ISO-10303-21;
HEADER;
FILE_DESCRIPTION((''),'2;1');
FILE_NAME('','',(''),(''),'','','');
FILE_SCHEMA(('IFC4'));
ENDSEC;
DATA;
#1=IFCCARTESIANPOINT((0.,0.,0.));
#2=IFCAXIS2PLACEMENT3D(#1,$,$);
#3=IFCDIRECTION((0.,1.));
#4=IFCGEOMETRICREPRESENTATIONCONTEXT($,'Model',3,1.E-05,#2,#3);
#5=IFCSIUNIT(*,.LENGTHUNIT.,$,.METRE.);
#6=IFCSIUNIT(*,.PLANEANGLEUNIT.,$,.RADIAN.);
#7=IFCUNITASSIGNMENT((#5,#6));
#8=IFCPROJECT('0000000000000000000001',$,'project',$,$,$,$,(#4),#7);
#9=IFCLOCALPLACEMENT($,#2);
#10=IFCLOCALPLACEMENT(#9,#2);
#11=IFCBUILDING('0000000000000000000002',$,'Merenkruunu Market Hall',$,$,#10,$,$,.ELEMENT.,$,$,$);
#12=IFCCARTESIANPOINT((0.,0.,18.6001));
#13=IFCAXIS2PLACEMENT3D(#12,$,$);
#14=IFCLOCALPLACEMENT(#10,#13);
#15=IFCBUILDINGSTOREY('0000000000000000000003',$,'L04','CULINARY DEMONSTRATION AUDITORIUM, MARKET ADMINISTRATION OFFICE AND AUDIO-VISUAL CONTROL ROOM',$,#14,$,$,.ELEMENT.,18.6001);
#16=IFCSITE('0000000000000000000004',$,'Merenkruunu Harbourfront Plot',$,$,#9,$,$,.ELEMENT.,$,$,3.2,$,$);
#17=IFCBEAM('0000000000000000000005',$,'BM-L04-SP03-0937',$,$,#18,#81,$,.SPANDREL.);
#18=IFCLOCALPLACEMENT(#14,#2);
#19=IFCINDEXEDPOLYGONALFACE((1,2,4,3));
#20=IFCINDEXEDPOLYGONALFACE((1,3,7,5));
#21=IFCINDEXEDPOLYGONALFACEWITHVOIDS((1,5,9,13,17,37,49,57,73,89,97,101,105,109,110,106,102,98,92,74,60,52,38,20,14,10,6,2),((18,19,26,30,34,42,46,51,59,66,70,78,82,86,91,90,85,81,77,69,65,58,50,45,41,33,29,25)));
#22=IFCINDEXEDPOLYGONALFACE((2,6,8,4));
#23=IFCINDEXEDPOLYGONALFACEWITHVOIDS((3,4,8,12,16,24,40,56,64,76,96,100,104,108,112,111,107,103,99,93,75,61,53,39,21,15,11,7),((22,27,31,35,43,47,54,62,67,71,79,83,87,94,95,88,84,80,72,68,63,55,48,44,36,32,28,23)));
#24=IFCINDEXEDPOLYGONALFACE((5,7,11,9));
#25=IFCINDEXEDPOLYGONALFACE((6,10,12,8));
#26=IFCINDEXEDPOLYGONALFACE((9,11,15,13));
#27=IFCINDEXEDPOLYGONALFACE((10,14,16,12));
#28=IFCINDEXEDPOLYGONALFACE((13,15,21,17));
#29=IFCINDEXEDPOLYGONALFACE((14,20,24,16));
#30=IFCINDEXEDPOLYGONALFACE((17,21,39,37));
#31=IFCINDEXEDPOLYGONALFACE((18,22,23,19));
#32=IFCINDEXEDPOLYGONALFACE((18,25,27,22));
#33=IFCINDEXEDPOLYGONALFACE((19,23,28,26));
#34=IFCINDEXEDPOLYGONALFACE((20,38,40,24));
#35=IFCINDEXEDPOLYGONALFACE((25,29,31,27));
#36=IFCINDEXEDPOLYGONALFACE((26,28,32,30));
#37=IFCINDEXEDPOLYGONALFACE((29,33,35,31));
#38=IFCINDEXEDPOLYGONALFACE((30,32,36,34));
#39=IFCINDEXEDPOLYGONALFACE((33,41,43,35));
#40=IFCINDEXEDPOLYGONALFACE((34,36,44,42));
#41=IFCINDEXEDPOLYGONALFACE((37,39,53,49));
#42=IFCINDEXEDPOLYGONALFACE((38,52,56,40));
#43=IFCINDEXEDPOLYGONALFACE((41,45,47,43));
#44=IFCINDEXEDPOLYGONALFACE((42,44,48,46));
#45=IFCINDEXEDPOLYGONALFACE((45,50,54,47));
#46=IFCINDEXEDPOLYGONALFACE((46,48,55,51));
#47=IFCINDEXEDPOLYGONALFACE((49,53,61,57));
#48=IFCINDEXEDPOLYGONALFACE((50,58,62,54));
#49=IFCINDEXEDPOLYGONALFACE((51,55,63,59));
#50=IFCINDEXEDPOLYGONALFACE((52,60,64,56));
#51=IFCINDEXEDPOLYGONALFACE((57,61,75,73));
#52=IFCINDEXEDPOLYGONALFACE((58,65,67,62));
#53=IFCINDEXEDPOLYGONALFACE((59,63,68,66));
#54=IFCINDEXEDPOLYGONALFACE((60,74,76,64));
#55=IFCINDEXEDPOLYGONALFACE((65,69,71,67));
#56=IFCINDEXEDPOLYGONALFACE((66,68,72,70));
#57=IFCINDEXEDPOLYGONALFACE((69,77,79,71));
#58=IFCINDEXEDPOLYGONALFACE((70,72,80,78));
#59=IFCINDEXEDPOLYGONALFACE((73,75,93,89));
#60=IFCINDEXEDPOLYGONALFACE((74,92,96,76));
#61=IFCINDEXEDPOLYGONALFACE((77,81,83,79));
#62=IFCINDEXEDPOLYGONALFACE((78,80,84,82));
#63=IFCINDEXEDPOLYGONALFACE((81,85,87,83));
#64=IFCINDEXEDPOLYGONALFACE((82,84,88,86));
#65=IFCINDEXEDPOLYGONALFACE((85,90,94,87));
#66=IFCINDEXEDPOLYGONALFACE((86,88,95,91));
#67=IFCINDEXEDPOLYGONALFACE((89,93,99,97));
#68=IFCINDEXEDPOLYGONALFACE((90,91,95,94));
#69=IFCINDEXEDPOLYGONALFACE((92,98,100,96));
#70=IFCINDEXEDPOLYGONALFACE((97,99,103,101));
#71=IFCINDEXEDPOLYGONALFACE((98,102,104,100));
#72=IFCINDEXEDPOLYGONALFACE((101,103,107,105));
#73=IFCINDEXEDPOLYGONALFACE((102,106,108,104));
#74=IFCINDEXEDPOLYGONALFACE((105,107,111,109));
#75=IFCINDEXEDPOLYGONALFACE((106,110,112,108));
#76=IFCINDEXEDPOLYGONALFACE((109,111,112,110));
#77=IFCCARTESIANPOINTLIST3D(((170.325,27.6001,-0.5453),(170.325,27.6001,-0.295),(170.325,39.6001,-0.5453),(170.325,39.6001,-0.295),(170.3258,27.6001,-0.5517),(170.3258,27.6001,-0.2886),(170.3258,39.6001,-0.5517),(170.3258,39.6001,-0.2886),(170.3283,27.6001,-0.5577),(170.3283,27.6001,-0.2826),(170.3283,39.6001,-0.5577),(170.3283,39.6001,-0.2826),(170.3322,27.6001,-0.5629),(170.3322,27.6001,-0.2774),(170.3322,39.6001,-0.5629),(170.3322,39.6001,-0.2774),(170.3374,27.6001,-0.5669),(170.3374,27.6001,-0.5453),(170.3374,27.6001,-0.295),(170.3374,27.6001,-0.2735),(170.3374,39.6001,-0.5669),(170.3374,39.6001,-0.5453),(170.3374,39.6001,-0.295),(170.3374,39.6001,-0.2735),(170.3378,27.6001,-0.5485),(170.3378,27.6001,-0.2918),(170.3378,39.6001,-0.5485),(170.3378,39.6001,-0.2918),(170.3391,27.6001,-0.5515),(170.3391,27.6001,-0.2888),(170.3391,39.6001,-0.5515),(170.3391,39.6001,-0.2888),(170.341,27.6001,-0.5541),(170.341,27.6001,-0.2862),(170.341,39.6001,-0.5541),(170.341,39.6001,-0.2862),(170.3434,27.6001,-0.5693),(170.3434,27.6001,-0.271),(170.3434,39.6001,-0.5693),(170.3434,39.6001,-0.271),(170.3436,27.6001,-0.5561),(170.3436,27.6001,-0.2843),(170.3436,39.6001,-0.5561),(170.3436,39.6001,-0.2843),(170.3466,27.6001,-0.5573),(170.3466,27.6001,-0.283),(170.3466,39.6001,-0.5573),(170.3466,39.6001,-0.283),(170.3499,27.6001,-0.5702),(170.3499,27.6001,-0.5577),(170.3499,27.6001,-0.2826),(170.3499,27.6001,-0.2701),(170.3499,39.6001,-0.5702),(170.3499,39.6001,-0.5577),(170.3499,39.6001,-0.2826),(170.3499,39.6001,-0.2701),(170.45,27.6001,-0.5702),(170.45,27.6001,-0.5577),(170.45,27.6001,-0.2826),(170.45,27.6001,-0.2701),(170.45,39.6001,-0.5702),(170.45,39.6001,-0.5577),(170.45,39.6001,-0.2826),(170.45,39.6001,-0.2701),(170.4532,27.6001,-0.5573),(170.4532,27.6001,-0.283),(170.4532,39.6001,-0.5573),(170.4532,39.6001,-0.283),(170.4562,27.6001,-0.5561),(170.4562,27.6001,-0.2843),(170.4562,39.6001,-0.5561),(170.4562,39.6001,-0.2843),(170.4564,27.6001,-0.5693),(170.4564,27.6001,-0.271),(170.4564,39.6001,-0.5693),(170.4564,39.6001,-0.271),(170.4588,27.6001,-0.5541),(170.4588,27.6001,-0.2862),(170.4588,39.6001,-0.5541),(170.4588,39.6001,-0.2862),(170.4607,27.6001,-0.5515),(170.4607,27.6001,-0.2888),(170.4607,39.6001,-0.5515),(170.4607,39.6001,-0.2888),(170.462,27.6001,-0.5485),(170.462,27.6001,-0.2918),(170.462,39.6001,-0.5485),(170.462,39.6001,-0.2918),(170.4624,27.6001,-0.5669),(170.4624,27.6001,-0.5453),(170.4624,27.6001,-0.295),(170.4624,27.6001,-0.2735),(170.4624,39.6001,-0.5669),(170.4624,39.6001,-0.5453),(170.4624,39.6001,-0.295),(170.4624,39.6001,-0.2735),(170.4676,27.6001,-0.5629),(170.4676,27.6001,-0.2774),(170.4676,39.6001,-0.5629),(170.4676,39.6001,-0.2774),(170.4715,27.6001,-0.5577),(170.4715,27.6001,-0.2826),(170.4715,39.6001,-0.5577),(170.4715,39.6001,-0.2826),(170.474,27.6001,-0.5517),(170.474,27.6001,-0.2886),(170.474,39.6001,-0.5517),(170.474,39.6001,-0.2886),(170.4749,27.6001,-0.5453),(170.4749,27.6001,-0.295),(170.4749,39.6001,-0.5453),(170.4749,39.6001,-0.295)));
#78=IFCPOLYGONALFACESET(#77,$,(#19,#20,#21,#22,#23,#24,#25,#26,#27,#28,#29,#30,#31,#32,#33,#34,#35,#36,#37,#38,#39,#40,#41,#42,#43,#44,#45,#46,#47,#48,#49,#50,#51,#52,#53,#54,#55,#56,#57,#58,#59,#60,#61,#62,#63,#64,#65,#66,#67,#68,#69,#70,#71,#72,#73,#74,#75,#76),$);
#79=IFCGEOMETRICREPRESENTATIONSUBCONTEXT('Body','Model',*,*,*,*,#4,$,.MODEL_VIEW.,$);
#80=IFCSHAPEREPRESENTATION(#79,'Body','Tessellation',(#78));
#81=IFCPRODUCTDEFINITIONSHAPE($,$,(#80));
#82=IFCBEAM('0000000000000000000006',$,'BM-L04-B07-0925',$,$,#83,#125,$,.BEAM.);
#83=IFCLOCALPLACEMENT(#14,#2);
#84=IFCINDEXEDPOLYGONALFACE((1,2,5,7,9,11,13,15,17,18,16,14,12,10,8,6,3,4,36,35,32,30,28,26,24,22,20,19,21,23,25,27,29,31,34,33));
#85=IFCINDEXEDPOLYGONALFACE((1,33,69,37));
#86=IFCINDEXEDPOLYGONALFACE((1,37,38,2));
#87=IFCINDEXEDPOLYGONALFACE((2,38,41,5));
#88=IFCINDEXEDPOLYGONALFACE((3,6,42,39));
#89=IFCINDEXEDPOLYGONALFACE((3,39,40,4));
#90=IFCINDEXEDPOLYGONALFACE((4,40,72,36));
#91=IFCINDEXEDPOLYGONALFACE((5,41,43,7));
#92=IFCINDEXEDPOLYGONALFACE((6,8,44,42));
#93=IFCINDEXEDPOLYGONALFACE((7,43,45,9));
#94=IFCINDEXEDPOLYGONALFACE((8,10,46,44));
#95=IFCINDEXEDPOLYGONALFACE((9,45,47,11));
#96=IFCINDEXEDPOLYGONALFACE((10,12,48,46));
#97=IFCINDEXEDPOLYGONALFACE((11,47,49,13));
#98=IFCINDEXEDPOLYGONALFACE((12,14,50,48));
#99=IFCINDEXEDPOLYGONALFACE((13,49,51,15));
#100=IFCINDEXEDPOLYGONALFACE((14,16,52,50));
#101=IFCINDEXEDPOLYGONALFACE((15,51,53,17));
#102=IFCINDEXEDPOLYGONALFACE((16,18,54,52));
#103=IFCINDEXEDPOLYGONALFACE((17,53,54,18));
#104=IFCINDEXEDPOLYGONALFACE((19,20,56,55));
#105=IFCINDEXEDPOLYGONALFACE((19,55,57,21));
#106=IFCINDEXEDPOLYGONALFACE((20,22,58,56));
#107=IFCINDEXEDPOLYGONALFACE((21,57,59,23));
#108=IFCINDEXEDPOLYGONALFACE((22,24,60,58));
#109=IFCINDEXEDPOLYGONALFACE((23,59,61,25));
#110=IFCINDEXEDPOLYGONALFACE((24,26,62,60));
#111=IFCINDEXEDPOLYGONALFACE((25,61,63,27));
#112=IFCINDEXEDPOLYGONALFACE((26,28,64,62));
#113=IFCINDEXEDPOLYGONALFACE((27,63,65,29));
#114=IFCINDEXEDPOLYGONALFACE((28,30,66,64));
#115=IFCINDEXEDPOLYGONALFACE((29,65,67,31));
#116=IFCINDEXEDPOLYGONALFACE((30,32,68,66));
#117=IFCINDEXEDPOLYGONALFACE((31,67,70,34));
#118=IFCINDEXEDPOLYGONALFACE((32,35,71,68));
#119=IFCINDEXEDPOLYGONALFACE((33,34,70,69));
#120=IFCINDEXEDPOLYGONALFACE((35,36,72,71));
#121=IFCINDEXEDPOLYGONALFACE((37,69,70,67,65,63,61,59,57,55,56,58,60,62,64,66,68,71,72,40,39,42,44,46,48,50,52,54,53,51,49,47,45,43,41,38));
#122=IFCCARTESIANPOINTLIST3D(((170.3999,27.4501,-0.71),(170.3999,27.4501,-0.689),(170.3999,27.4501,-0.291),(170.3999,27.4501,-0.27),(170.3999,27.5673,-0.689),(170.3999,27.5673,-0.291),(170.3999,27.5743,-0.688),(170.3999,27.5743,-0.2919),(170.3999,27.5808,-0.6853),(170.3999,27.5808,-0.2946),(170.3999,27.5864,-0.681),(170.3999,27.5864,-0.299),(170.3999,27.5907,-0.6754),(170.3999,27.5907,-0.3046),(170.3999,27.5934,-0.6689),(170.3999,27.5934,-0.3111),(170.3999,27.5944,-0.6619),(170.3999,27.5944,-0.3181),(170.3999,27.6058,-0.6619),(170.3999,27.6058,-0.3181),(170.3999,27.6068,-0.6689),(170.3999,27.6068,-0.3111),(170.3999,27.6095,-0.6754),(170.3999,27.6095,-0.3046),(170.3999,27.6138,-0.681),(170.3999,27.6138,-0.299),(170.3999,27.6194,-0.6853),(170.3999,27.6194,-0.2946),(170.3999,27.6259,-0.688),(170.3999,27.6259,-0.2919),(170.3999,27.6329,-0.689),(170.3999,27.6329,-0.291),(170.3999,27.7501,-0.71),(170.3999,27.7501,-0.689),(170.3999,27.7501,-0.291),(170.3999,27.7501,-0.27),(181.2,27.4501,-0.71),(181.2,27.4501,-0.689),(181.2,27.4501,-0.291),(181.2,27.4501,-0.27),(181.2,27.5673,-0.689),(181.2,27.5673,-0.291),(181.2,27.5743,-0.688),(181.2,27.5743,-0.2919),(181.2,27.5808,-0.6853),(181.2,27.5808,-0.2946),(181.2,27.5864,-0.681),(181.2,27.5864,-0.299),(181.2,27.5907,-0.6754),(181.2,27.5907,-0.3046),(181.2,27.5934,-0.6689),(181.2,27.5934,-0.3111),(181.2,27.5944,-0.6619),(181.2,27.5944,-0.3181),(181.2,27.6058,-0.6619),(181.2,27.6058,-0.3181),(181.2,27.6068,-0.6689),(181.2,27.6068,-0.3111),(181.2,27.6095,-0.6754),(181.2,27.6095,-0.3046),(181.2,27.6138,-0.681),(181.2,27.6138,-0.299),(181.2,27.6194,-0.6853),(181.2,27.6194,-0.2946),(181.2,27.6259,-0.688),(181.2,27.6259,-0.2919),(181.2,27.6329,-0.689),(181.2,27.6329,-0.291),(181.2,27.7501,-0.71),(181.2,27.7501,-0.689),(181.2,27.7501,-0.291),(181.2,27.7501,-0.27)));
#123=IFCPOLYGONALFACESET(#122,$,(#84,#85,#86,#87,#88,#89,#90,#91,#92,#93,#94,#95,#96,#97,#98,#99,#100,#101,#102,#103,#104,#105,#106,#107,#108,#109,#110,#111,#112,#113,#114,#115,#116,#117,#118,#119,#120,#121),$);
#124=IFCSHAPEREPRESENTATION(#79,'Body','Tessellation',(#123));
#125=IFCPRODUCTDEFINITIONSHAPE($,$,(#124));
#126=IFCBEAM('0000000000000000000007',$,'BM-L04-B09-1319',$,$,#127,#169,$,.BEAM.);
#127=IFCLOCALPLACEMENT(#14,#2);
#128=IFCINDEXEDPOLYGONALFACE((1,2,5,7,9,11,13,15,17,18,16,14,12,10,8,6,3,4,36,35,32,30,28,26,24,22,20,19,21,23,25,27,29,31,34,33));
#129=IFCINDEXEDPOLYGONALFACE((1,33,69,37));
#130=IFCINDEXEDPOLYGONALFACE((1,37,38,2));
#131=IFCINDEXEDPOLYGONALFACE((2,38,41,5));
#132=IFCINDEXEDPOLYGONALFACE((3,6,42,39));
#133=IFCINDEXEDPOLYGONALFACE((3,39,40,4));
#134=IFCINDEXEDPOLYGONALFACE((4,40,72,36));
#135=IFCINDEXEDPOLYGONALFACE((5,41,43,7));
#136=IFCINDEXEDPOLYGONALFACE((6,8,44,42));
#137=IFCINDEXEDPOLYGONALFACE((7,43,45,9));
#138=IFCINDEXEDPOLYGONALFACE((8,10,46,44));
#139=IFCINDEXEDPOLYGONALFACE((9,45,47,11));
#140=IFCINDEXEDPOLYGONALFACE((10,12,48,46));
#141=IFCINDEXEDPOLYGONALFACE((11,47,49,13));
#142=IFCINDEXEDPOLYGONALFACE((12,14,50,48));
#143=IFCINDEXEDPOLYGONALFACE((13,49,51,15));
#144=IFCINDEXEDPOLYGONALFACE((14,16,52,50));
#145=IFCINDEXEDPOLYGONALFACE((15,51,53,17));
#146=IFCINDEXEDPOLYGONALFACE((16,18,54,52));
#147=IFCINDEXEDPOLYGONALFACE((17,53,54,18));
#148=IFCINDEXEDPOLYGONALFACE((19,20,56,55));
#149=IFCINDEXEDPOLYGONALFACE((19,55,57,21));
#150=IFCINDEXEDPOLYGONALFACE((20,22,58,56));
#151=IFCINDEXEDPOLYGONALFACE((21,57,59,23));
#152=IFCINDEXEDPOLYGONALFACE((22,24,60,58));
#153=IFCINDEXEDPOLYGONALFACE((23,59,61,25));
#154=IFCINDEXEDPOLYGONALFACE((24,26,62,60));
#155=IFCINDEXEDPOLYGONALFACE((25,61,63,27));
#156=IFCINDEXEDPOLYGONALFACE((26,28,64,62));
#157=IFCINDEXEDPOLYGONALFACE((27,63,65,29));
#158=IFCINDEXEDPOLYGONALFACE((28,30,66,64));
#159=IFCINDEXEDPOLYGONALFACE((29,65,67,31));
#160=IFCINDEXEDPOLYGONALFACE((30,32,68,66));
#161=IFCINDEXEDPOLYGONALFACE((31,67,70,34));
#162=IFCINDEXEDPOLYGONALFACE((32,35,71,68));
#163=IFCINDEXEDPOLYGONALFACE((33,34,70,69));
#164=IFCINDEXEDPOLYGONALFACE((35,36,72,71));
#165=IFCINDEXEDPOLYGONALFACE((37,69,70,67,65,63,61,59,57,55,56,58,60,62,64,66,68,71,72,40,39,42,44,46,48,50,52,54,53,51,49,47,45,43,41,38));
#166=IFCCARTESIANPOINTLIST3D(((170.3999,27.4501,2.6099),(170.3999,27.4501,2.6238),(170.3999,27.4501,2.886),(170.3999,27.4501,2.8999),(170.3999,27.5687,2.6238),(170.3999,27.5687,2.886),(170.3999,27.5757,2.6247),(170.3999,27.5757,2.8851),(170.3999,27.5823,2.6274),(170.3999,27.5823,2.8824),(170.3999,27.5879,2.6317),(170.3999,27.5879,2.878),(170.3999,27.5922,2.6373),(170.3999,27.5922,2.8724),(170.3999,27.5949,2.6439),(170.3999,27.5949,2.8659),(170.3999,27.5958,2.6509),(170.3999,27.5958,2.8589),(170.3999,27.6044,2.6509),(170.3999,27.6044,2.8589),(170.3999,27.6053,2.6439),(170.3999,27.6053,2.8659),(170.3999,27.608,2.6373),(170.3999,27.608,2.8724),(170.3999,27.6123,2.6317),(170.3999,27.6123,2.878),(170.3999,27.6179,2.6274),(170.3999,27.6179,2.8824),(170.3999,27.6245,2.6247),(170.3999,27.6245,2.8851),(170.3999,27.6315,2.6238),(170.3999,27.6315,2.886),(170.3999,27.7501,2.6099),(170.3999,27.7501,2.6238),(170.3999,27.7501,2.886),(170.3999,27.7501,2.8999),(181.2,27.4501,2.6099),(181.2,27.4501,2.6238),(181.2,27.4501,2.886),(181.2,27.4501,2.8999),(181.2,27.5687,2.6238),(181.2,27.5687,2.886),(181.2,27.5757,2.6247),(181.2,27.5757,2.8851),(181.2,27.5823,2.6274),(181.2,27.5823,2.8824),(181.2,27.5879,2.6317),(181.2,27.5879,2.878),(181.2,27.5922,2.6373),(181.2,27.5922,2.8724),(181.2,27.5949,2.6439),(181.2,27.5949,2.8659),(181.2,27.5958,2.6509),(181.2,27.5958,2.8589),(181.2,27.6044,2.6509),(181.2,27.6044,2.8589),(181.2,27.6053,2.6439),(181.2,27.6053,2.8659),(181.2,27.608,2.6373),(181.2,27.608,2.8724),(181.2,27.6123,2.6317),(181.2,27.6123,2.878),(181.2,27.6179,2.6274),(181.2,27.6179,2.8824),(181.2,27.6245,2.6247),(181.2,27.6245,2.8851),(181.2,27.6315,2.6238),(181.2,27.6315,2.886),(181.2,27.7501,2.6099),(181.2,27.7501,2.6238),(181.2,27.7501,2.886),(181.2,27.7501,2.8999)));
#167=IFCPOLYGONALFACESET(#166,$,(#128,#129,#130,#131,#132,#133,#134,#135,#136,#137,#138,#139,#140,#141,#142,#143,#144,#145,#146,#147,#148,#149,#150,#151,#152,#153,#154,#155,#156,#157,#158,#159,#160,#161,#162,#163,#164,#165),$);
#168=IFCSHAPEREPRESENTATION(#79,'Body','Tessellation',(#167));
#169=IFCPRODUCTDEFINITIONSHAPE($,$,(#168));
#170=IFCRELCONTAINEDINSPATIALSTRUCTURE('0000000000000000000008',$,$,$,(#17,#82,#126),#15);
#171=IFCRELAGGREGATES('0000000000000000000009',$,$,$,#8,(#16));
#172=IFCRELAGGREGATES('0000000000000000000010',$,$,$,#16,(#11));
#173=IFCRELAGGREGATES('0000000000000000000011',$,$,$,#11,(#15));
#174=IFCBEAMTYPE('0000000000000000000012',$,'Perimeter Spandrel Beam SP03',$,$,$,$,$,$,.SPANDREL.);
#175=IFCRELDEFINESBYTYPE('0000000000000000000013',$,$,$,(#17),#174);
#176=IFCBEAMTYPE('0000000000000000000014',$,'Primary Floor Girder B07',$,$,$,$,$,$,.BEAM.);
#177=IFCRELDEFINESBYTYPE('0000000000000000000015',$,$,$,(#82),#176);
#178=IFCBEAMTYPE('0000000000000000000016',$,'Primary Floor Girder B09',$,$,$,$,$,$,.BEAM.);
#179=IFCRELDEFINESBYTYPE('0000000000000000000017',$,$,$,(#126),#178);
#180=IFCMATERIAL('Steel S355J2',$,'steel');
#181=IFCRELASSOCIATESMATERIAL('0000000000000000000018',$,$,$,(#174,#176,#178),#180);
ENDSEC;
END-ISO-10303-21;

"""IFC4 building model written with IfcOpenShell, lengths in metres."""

from ifc_helpers import new_model, si_unit, direction, frame, origin, origin_2d, place, context, subcontext, project, spatial, hollow_rectangle, i_section, extrude, material, material_profile, profile_set, type_object, element, save


model = new_model("IFC4")

# Units and contexts
model_context = context("Model", 3, precision=1e-05, world=origin(), true_north=direction((0.0, 1.0)))
body_context = subcontext(model_context, "Body", "Model", "MODEL_VIEW")
ifc_project = project(units=[si_unit("LENGTHUNIT", "METRE"), si_unit("PLANEANGLEUNIT", "RADIAN")], contexts=[model_context])

# Site, building, storey
site_placement = place(None, origin())
site = spatial("IfcSite", under=ifc_project, at=site_placement, Name="Merenkruunu Harbourfront Plot", CompositionType="ELEMENT", RefElevation=3.2)
building_placement = place(site_placement, origin())
building = spatial("IfcBuilding", under=site, at=building_placement, Name="Merenkruunu Market Hall", CompositionType="ELEMENT")
storey_placement = place(building_placement, frame((0.0, 0.0, 18.6001)))
storey = spatial("IfcBuildingStorey", under=building, at=storey_placement, Name="L04", Description="CULINARY DEMONSTRATION AUDITORIUM, MARKET ADMINISTRATION OFFICE AND AUDIO-VISUAL CONTROL ROOM", CompositionType="ELEMENT", Elevation=18.6001)

# Shared definitions
ifc_material_1 = material(Name="Steel S355J2", Category="steel")

# Beams
ifc_material_profile_1 = material_profile(ifc_material_1, hollow_rectangle(XDim=0.1499, YDim=0.3, WallThickness=0.0125, InnerFilletRadius=0.0125, OuterFilletRadius=0.0249, at=origin_2d()), Name="RHS 300x150x12.5")
ifc_profile_set_1 = profile_set([ifc_material_profile_1], Name="Steel S355J2")
beam_type_1 = type_object("IfcBeamType", Name="Perimeter Spandrel Beam SP03", PredefinedType="SPANDREL", material=ifc_profile_set_1)
beam_1_placement = place(storey_placement, frame((170.3999, 27.6001, -0.4202), z_axis=(0.0, 1.0, 0.0), x_axis=(-1.0, 0.0, 0.0)))
element("IfcBeam", 1, at=beam_1_placement, inside=storey, type_object=beam_type_1, Name="BM-L04-SP03-0937", PredefinedType="SPANDREL", context=body_context, shape_type="SweptSolid", body=[
    extrude(hollow_rectangle(XDim=0.1499, YDim=0.3, WallThickness=0.0125, InnerFilletRadius=0.0125, OuterFilletRadius=0.0249, at=origin_2d()), origin(), (0.0, 0.0, 1.0), 12.0),
])
ifc_material_profile_2 = material_profile(ifc_material_1, i_section(OverallWidth=0.3, OverallDepth=0.4399, WebThickness=0.0115, FlangeThickness=0.021, FilletRadius=0.0271, at=origin_2d()), Name="HEA 450")
ifc_profile_set_2 = profile_set([ifc_material_profile_2], Name="Steel S355J2")
beam_type_2 = type_object("IfcBeamType", Name="Primary Floor Girder B07", PredefinedType="BEAM", material=ifc_profile_set_2)
beam_2_placement = place(storey_placement, frame((170.3999, 27.6001, -0.49), z_axis=(1.0, 0.0, 0.0), x_axis=(0.0, 1.0, 0.0)))
element("IfcBeam", 2, at=beam_2_placement, inside=storey, type_object=beam_type_2, Name="BM-L04-B07-0925", PredefinedType="BEAM", context=body_context, shape_type="SweptSolid", body=[
    extrude(i_section(OverallWidth=0.3, OverallDepth=0.4399, WebThickness=0.0115, FlangeThickness=0.021, FilletRadius=0.0271, at=origin_2d()), origin(), (0.0, 0.0, 1.0), 10.8),
])
ifc_material_profile_3 = material_profile(ifc_material_1, i_section(OverallWidth=0.3, OverallDepth=0.29, WebThickness=0.0085, FlangeThickness=0.0139, FilletRadius=0.0271, at=origin_2d()), Name="HEA 300")
ifc_profile_set_3 = profile_set([ifc_material_profile_3], Name="Steel S355J2")
beam_type_3 = type_object("IfcBeamType", Name="Primary Floor Girder B09", PredefinedType="BEAM", material=ifc_profile_set_3)
beam_3_placement = place(storey_placement, frame((170.3999, 27.6001, 2.7549), z_axis=(1.0, 0.0, 0.0), x_axis=(0.0, 1.0, 0.0)))
element("IfcBeam", 3, at=beam_3_placement, inside=storey, type_object=beam_type_3, Name="BM-L04-B09-1319", PredefinedType="BEAM", context=body_context, shape_type="SweptSolid", body=[
    extrude(i_section(OverallWidth=0.3, OverallDepth=0.29, WebThickness=0.0085, FlangeThickness=0.0139, FilletRadius=0.0271, at=origin_2d()), origin(), (0.0, 0.0, 1.0), 10.8),
])

save(model, "model.ifc")
